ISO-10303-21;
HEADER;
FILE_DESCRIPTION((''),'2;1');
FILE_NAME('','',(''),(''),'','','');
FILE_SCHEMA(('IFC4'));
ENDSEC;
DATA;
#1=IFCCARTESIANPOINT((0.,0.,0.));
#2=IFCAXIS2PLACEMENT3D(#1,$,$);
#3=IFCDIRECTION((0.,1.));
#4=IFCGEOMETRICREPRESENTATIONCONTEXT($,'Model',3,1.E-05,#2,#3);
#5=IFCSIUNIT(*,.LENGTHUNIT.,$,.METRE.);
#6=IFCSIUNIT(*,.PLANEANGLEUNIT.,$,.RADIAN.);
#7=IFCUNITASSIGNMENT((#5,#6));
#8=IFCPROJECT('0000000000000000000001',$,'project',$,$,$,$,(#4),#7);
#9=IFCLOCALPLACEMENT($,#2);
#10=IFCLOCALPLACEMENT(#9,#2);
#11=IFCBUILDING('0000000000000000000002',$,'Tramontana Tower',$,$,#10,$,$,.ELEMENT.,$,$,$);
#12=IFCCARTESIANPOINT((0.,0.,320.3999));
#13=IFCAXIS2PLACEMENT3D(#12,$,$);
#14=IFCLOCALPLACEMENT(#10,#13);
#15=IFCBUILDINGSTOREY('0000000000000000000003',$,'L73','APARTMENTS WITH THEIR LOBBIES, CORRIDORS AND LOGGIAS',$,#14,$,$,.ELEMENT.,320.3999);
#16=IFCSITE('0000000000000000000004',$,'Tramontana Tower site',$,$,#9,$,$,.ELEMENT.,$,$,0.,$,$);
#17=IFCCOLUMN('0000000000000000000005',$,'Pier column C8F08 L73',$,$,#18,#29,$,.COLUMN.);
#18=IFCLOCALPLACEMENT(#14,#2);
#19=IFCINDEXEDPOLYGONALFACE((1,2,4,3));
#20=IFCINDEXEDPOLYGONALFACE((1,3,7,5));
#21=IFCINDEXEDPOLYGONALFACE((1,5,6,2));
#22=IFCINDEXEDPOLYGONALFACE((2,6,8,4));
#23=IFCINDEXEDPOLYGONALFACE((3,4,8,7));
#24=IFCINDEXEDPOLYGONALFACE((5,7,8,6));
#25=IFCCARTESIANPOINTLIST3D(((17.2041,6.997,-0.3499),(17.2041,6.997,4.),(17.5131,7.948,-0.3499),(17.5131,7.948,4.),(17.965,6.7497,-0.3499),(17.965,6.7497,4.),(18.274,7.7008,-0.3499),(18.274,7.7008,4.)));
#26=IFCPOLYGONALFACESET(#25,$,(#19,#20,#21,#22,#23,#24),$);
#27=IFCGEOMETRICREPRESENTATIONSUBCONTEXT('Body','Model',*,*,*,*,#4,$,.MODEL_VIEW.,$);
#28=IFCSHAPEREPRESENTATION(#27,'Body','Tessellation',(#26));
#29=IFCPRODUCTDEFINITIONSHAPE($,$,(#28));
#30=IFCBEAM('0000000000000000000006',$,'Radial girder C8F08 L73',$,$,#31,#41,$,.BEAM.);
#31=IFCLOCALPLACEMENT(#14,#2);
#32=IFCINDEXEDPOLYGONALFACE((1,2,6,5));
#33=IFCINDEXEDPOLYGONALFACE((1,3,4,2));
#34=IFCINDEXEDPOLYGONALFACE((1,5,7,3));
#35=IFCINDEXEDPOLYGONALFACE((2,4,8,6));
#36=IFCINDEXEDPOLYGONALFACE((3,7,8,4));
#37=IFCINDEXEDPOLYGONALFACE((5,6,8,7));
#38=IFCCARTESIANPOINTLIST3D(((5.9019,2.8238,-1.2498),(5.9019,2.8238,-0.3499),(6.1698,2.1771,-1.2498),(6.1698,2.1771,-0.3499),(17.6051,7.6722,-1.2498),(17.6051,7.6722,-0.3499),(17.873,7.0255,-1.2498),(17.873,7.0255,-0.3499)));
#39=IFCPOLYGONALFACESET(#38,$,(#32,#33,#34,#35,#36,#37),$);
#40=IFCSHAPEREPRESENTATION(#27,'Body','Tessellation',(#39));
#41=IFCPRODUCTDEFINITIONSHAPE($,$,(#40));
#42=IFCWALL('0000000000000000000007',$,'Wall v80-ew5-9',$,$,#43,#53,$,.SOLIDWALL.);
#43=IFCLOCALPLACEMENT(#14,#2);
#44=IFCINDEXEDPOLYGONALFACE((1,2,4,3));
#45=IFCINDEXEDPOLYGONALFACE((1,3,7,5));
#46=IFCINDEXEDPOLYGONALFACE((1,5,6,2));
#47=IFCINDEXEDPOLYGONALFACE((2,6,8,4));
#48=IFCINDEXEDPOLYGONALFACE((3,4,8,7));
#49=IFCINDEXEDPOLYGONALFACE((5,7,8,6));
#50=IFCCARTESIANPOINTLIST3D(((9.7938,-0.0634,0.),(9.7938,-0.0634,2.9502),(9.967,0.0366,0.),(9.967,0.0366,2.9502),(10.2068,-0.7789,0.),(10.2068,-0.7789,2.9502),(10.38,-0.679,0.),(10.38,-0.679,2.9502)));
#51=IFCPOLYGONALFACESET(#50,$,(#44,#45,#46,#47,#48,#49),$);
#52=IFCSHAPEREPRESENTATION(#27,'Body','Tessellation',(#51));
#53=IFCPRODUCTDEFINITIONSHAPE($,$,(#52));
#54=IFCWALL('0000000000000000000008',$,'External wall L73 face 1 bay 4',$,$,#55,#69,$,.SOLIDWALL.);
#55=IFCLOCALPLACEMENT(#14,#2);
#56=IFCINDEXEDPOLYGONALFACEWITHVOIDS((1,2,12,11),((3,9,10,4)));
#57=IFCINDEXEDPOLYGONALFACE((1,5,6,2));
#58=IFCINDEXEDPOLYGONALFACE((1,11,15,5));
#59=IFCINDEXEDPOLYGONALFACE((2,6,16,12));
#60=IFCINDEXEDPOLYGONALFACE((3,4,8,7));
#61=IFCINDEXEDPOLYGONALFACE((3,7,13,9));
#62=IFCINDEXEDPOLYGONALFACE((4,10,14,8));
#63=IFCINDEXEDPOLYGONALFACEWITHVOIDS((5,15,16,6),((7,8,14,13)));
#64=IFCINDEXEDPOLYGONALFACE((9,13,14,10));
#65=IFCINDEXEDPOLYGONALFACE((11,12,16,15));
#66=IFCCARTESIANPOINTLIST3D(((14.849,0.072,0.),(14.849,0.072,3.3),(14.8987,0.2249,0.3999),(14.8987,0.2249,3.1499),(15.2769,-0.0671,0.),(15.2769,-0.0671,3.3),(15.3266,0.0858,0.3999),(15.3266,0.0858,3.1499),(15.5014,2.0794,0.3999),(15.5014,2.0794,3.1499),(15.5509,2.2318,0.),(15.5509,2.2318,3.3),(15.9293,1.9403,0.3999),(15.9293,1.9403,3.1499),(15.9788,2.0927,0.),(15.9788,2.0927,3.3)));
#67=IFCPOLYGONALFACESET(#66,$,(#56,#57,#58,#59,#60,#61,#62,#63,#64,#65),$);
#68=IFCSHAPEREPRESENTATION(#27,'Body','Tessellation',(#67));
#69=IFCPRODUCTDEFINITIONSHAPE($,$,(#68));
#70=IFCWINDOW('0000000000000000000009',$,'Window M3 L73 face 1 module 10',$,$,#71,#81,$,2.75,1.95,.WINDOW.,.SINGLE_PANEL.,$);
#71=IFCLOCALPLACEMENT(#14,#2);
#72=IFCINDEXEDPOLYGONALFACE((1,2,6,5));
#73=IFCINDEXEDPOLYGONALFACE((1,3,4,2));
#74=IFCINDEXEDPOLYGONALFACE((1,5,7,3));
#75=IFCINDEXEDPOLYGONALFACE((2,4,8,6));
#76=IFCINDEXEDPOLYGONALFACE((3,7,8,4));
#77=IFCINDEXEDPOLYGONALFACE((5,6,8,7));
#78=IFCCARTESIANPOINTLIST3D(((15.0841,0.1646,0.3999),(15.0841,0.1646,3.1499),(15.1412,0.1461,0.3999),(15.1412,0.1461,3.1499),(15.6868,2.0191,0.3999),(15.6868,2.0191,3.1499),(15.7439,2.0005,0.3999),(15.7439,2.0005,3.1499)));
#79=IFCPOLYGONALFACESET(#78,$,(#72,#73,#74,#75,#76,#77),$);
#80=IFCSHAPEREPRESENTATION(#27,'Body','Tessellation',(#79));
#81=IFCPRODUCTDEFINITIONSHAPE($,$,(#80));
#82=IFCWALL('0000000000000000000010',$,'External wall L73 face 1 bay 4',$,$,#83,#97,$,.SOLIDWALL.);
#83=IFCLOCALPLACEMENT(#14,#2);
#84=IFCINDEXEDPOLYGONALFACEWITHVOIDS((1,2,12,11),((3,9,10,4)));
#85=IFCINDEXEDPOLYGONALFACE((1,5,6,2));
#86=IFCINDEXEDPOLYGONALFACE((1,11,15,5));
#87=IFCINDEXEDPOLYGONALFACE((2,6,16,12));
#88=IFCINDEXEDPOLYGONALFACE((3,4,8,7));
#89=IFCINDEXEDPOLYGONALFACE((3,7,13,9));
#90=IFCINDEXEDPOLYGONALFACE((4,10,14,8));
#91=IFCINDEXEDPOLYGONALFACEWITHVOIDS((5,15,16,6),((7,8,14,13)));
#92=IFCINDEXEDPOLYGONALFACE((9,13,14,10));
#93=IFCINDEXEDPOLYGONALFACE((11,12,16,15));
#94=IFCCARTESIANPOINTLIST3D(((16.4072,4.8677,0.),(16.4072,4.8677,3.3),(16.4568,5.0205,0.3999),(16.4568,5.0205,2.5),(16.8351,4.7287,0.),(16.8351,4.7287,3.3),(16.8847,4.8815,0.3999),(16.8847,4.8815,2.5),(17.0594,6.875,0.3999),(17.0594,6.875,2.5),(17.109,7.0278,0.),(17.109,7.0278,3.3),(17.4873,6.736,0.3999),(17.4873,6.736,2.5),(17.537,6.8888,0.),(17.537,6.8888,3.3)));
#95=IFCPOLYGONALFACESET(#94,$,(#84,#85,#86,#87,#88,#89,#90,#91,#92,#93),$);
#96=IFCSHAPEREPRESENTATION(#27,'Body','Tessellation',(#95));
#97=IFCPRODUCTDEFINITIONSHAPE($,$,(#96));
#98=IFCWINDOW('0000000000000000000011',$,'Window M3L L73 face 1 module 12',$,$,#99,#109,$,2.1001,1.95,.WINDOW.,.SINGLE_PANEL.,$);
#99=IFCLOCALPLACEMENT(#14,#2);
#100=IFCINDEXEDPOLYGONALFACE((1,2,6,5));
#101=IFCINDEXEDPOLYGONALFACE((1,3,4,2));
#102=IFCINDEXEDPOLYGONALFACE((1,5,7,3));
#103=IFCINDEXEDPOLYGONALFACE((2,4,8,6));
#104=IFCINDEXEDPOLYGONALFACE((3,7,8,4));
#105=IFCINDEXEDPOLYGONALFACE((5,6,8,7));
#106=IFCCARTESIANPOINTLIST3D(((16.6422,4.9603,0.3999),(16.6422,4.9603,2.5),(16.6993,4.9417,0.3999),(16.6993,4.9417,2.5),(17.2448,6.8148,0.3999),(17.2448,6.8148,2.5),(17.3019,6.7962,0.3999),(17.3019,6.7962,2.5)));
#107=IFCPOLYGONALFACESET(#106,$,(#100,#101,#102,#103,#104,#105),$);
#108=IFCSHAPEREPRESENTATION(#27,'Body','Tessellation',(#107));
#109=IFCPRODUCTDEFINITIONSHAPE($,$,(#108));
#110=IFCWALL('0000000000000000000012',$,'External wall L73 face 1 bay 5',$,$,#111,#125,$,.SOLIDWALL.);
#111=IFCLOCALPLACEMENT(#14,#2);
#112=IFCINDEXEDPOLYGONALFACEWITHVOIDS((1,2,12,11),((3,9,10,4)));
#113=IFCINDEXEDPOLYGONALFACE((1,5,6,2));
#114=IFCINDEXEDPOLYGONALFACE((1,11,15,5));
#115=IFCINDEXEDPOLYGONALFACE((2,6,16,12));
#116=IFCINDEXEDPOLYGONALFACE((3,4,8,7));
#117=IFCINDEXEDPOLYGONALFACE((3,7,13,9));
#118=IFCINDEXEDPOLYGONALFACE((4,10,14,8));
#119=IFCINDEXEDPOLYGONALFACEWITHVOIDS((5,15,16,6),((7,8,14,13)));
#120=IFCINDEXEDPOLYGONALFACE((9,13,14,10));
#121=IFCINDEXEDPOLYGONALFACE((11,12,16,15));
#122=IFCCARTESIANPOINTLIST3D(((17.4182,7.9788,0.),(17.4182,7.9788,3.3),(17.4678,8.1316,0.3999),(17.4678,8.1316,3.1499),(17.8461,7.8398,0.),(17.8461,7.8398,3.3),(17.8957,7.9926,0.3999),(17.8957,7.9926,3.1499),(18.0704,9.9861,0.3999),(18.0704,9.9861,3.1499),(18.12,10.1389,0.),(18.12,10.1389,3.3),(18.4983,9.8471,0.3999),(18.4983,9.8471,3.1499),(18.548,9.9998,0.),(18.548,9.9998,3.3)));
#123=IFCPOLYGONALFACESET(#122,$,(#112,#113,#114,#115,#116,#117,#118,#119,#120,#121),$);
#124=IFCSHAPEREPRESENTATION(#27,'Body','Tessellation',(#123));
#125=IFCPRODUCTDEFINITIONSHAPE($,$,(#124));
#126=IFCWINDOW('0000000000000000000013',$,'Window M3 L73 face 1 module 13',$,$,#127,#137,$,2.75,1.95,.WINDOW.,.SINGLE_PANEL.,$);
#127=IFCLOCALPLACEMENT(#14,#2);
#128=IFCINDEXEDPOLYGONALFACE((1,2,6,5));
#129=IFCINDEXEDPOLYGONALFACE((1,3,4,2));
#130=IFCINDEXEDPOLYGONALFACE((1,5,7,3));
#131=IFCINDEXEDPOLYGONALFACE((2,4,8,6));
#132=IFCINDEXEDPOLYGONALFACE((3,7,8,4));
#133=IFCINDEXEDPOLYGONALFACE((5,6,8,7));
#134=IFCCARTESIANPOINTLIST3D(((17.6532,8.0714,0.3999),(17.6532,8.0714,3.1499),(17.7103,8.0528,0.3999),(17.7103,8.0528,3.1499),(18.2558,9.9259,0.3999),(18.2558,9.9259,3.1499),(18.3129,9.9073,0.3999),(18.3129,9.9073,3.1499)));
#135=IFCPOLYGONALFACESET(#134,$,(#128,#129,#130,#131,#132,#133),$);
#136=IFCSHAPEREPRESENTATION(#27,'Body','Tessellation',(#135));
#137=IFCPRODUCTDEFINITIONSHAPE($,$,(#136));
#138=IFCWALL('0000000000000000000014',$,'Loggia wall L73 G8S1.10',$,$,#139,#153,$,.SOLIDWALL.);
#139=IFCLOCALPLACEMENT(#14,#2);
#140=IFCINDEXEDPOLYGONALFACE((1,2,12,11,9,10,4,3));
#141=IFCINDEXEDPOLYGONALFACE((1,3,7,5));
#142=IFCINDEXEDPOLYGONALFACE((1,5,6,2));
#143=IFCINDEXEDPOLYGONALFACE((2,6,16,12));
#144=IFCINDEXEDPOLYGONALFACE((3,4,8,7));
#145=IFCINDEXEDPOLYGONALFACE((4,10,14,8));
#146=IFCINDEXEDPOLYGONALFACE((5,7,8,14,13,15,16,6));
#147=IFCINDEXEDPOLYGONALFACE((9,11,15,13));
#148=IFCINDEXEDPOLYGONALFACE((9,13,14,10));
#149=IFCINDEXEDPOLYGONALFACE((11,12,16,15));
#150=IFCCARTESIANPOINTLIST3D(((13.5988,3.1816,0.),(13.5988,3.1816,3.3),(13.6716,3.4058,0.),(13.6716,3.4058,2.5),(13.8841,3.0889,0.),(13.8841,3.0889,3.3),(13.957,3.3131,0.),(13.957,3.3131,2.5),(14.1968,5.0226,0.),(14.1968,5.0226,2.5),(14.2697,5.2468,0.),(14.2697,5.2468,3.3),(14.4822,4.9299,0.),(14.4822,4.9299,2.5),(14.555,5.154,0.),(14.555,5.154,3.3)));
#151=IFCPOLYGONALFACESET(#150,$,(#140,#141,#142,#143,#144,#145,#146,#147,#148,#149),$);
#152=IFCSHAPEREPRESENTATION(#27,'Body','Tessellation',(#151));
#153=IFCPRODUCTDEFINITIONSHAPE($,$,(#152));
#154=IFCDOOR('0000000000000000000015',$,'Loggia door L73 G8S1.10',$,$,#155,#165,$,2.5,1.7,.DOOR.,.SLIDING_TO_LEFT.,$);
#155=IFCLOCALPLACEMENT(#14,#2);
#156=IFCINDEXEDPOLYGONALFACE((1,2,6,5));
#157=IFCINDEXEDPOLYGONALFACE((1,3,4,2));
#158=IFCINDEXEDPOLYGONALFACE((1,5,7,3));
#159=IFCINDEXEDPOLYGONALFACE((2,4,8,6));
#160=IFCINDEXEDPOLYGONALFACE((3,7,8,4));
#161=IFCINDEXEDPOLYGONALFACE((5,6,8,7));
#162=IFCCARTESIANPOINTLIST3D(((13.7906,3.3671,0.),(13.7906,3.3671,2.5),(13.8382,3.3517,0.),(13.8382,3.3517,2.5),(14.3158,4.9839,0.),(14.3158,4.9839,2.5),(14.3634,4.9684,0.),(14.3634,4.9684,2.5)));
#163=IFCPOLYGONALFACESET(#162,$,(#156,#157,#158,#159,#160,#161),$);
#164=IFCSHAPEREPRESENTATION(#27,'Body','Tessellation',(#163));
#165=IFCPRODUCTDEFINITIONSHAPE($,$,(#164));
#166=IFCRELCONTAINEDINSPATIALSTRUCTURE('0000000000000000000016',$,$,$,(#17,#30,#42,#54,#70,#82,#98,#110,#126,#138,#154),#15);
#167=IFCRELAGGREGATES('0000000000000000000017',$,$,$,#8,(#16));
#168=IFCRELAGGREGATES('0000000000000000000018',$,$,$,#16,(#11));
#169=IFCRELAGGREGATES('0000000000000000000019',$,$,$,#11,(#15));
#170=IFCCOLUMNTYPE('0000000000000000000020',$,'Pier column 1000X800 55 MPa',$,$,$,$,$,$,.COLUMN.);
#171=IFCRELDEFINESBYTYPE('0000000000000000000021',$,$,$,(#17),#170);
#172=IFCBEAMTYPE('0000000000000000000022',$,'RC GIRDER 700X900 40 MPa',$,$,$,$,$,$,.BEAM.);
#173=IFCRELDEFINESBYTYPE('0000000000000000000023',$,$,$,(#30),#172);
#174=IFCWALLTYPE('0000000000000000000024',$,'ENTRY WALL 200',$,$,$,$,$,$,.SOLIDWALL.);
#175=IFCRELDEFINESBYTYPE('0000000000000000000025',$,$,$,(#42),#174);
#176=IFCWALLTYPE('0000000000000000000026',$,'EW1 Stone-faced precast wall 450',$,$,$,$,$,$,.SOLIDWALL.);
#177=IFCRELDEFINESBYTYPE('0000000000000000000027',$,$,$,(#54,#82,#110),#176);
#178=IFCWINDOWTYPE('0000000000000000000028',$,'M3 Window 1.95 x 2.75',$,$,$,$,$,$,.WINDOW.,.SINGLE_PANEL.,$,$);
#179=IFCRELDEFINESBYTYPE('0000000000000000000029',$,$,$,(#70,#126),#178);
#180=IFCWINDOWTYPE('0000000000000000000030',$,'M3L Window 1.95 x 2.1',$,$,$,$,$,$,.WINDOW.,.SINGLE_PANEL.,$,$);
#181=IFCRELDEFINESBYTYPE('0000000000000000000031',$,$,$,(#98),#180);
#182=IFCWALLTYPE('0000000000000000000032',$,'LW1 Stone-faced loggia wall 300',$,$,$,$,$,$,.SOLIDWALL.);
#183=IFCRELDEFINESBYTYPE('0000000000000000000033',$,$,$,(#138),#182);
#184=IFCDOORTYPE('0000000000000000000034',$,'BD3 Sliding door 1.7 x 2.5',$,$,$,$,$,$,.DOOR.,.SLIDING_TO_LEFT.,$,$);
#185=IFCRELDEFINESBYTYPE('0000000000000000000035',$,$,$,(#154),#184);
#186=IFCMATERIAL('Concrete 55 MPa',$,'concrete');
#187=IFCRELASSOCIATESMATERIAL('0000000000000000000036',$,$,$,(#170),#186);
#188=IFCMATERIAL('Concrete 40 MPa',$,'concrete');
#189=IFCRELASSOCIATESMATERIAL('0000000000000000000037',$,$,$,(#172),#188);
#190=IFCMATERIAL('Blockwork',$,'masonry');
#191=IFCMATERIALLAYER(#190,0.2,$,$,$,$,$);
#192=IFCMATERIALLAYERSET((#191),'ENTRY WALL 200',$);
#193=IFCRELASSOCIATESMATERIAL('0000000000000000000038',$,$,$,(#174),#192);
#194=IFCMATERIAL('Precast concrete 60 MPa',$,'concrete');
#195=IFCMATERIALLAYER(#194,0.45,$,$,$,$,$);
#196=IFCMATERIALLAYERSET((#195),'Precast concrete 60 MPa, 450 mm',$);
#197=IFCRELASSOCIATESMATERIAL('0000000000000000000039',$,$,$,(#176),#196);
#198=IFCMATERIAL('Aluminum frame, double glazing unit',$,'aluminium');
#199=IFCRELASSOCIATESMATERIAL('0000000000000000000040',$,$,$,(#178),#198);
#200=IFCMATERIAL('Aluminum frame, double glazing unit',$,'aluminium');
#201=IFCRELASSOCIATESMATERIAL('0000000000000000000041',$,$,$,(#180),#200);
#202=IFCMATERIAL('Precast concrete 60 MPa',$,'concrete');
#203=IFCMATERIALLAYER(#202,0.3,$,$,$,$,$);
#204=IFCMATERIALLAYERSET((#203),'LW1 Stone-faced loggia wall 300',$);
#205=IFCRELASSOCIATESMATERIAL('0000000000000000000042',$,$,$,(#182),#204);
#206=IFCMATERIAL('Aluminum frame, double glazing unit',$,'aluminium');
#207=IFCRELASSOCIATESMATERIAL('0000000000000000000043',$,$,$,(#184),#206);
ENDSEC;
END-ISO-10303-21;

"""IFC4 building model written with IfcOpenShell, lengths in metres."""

from ifc_helpers import new_model, si_unit, direction, frame, frame_2d, origin, origin_2d, place, context, subcontext, project, spatial, rectangle, extrude, material, layer, layer_set, material_profile, profile_set, type_object, element, fill, save


model = new_model("IFC4")

# Units and contexts
model_context = context("Model", 3, precision=1e-05, world=origin(), true_north=direction((0.0, 1.0)))
body_context = subcontext(model_context, "Body", "Model", "MODEL_VIEW")
ifc_project = project(units=[si_unit("LENGTHUNIT", "METRE"), si_unit("PLANEANGLEUNIT", "RADIAN")], contexts=[model_context])

# Site, building, storey
site_placement = place(None, origin())
site = spatial("IfcSite", under=ifc_project, at=site_placement, Name="Tramontana Tower site", CompositionType="ELEMENT", RefElevation=0.0)
building_placement = place(site_placement, origin())
building = spatial("IfcBuilding", under=site, at=building_placement, Name="Tramontana Tower", CompositionType="ELEMENT")
storey_placement = place(building_placement, frame((0.0, 0.0, 320.3999)))
storey = spatial("IfcBuildingStorey", under=building, at=storey_placement, Name="L73", Description="APARTMENTS WITH THEIR LOBBIES, CORRIDORS AND LOGGIAS", CompositionType="ELEMENT", Elevation=320.3999)

# Column
ifc_material_1 = material(Name="Concrete 55 MPa", Category="concrete")
ifc_material_profile_1 = material_profile(ifc_material_1, rectangle(XDim=1.0, YDim=0.8, at=origin_2d()), Name="Pier column 1000X800 55 MPa")
ifc_profile_set_1 = profile_set([ifc_material_profile_1], Name="Concrete 55 MPa")
column_type = type_object("IfcColumnType", Name="Pier column 1000X800 55 MPa", PredefinedType="COLUMN", material=ifc_profile_set_1)
column_placement = place(storey_placement, frame((17.739, 7.3489, -0.3499), z_axis=(0.0, 0.0, 1.0), x_axis=(0.309017, 0.951057, 0.0)))
element("IfcColumn", 1, at=column_placement, inside=storey, type_object=column_type, Name="Pier column C8F08 L73", PredefinedType="COLUMN", context=body_context, shape_type="SweptSolid", body=[
    extrude(rectangle(XDim=1.0, YDim=0.8, at=origin_2d()), origin(), (0.0, 0.0, 1.0), 4.3499),
])

# Beam
ifc_material_2 = material(Name="Concrete 40 MPa", Category="concrete")
ifc_material_profile_2 = material_profile(ifc_material_2, rectangle(XDim=0.7, YDim=0.8999, at=origin_2d()), Name="RC GIRDER 700X900 40 MPa")
ifc_profile_set_2 = profile_set([ifc_material_profile_2], Name="Concrete 40 MPa")
beam_type = type_object("IfcBeamType", Name="RC GIRDER 700X900 40 MPa", PredefinedType="BEAM", material=ifc_profile_set_2)
beam_placement = place(storey_placement, frame((17.739, 7.3489, -0.7998), z_axis=(-0.923857, -0.382737, 0.0), x_axis=(0.382737, -0.923857, 0.0)))
element("IfcBeam", 2, at=beam_placement, inside=storey, type_object=beam_type, Name="Radial girder C8F08 L73", PredefinedType="BEAM", context=body_context, shape_type="SweptSolid", body=[
    extrude(rectangle(XDim=0.7, YDim=0.8999, at=origin_2d()), origin(), (0.0, 0.0, 1.0), 12.6677),
])

# Wall
ifc_material_3 = material(Name="Blockwork", Category="masonry")
ifc_layer_1 = layer(ifc_material_3, 0.2)
ifc_layer_set_1 = layer_set([ifc_layer_1], Name="ENTRY WALL 200")
wall_type_1 = type_object("IfcWallType", Name="ENTRY WALL 200", PredefinedType="SOLIDWALL", material=ifc_layer_set_1)
wall_1_placement = place(storey_placement, frame((9.8804, -0.0134, 0.0), z_axis=(0.0, 0.0, 1.0), x_axis=(0.499953, -0.866053, 0.0)))
element("IfcWall", 3, at=wall_1_placement, inside=storey, type_object=wall_type_1, Name="Wall v80-ew5-9", PredefinedType="SOLIDWALL", context=body_context, shape_type="SweptSolid", body=[
    extrude(rectangle(XDim=0.8262, YDim=0.2, at=frame_2d((0.4131, 0.0))), origin(), (0.0, 0.0, 1.0), 2.9502),
])

# Walls, openings, windows
ifc_material_4 = material(Name="Precast concrete 60 MPa", Category="concrete")
ifc_layer_2 = layer(ifc_material_4, 0.45)
ifc_layer_set_2 = layer_set([ifc_layer_2], Name="Precast concrete 60 MPa, 450 mm")
wall_type_2 = type_object("IfcWallType", Name="EW1 Stone-faced precast wall 450", PredefinedType="SOLIDWALL", material=ifc_layer_set_2)
wall_2_placement = place(storey_placement, frame((15.063, 0.0024, 0.0), z_axis=(0.0, 0.0, 1.0), x_axis=(0.309059, 0.951043, 0.0)))
wall_2 = element("IfcWall", 4, at=wall_2_placement, inside=storey, type_object=wall_type_2, Name="External wall L73 face 1 bay 4", PredefinedType="SOLIDWALL", context=body_context, shape_type="SweptSolid", body=[
    extrude(rectangle(XDim=2.271, YDim=0.45, at=frame_2d((1.1355, 0.0))), origin(), (0.0, 0.0, 1.0), 3.3),
])
opening_1_placement = place(wall_2_placement, frame((0.1606, 0.0, 0.3999)))
opening_1 = element("IfcOpeningElement", 5, at=opening_1_placement, cuts=wall_2, PredefinedType="OPENING", context=body_context, shape_type="SweptSolid", body=[
    extrude(rectangle(XDim=1.95, YDim=2.75, at=frame_2d((0.9751, 1.375))), frame((0.0, 0.2349, 0.0), z_axis=(0.0, -1.0, 0.0), x_axis=(1.0, 0.0, 0.0)), (0.0, 0.0, 1.0), 0.47),
])
ifc_material_5 = material(Name="Aluminum frame, double glazing unit", Category="aluminium")
window_type_1 = type_object("IfcWindowType", Name="M3 Window 1.95 x 2.75", PartitioningType="SINGLE_PANEL", PredefinedType="WINDOW", material=ifc_material_5)
window_1_placement = place(opening_1_placement, origin())
window_1 = element("IfcWindow", 6, at=window_1_placement, inside=storey, type_object=window_type_1, Name="Window M3 L73 face 1 module 10", OverallHeight=2.75, OverallWidth=1.95, PartitioningType="SINGLE_PANEL", PredefinedType="WINDOW", context=body_context, shape_type="SweptSolid", body=[
    extrude(rectangle(XDim=1.95, YDim=2.75, at=frame_2d((0.9751, 1.375))), frame((0.0, 0.03, 0.0), z_axis=(0.0, -1.0, 0.0), x_axis=(1.0, 0.0, 0.0)), (0.0, 0.0, 1.0), 0.0601),
])
fill(opening_1, window_1)
wall_3_placement = place(storey_placement, frame((16.6211, 4.7981, 0.0), z_axis=(0.0, 0.0, 1.0), x_axis=(0.309028, 0.951053, 0.0)))
wall_3 = element("IfcWall", 7, at=wall_3_placement, inside=storey, type_object=wall_type_2, Name="External wall L73 face 1 bay 4", PredefinedType="SOLIDWALL", context=body_context, shape_type="SweptSolid", body=[
    extrude(rectangle(XDim=2.2712, YDim=0.45, at=frame_2d((1.1357, 0.0))), origin(), (0.0, 0.0, 1.0), 3.3),
])
opening_2_placement = place(wall_3_placement, frame((0.1606, 0.0, 0.3999)))
opening_2 = element("IfcOpeningElement", 8, at=opening_2_placement, cuts=wall_3, PredefinedType="OPENING", context=body_context, shape_type="SweptSolid", body=[
    extrude(rectangle(XDim=1.95, YDim=2.1001, at=frame_2d((0.9751, 1.05))), frame((0.0, 0.2349, 0.0), z_axis=(0.0, -1.0, 0.0), x_axis=(1.0, 0.0, 0.0)), (0.0, 0.0, 1.0), 0.47),
])
ifc_material_6 = material(Name="Aluminum frame, double glazing unit", Category="aluminium")
window_type_2 = type_object("IfcWindowType", Name="M3L Window 1.95 x 2.1", PartitioningType="SINGLE_PANEL", PredefinedType="WINDOW", material=ifc_material_6)
window_2_placement = place(opening_2_placement, origin())
window_2 = element("IfcWindow", 9, at=window_2_placement, inside=storey, type_object=window_type_2, Name="Window M3L L73 face 1 module 12", OverallHeight=2.1001, OverallWidth=1.95, PartitioningType="SINGLE_PANEL", PredefinedType="WINDOW", context=body_context, shape_type="SweptSolid", body=[
    extrude(rectangle(XDim=1.95, YDim=2.1001, at=frame_2d((0.9751, 1.05))), frame((0.0, 0.03, 0.0), z_axis=(0.0, -1.0, 0.0), x_axis=(1.0, 0.0, 0.0)), (0.0, 0.0, 1.0), 0.0601),
])
fill(opening_2, window_2)
wall_4_placement = place(storey_placement, frame((17.6321, 7.9092, 0.0), z_axis=(0.0, 0.0, 1.0), x_axis=(0.309028, 0.951053, 0.0)))
wall_4 = element("IfcWall", 10, at=wall_4_placement, inside=storey, type_object=wall_type_2, Name="External wall L73 face 1 bay 5", PredefinedType="SOLIDWALL", context=body_context, shape_type="SweptSolid", body=[
    extrude(rectangle(XDim=2.2712, YDim=0.45, at=frame_2d((1.1357, 0.0))), origin(), (0.0, 0.0, 1.0), 3.3),
])
opening_3_placement = place(wall_4_placement, frame((0.1606, 0.0, 0.3999)))
opening_3 = element("IfcOpeningElement", 11, at=opening_3_placement, cuts=wall_4, PredefinedType="OPENING", context=body_context, shape_type="SweptSolid", body=[
    extrude(rectangle(XDim=1.95, YDim=2.75, at=frame_2d((0.9751, 1.375))), frame((0.0, 0.2349, 0.0), z_axis=(0.0, -1.0, 0.0), x_axis=(1.0, 0.0, 0.0)), (0.0, 0.0, 1.0), 0.47),
])
window_3_placement = place(opening_3_placement, origin())
window_3 = element("IfcWindow", 12, at=window_3_placement, inside=storey, type_object=window_type_1, Name="Window M3 L73 face 1 module 13", OverallHeight=2.75, OverallWidth=1.95, PartitioningType="SINGLE_PANEL", PredefinedType="WINDOW", context=body_context, shape_type="SweptSolid", body=[
    extrude(rectangle(XDim=1.95, YDim=2.75, at=frame_2d((0.9751, 1.375))), frame((0.0, 0.03, 0.0), z_axis=(0.0, -1.0, 0.0), x_axis=(1.0, 0.0, 0.0)), (0.0, 0.0, 1.0), 0.0601),
])
fill(opening_3, window_3)

# Wall, opening, door
ifc_material_7 = material(Name="Precast concrete 60 MPa", Category="concrete")
ifc_layer_3 = layer(ifc_material_7, 0.3)
ifc_layer_set_3 = layer_set([ifc_layer_3], Name="LW1 Stone-faced loggia wall 300")
wall_type_3 = type_object("IfcWallType", Name="LW1 Stone-faced loggia wall 300", PredefinedType="SOLIDWALL", material=ifc_layer_set_3)
wall_5_placement = place(storey_placement, frame((13.7415, 3.1353, 0.0), z_axis=(0.0, 0.0, 1.0), x_axis=(0.308967, 0.951073, 0.0)))
wall_5 = element("IfcWall", 13, at=wall_5_placement, inside=storey, type_object=wall_type_3, Name="Loggia wall L73 G8S1.10", PredefinedType="SOLIDWALL", context=body_context, shape_type="SweptSolid", body=[
    extrude(rectangle(XDim=2.1714, YDim=0.3, at=frame_2d((1.0857, 0.0))), origin(), (0.0, 0.0, 1.0), 3.3),
])
opening_4_placement = place(wall_5_placement, frame((0.2356, 0.0, 0.0)))
opening_4 = element("IfcOpeningElement", 14, at=opening_4_placement, cuts=wall_5, PredefinedType="OPENING", context=body_context, shape_type="SweptSolid", body=[
    extrude(rectangle(XDim=1.7, YDim=2.5, at=frame_2d((0.8501, 1.25))), frame((0.0, 0.1599, 0.0), z_axis=(0.0, -1.0, 0.0), x_axis=(1.0, 0.0, 0.0)), (0.0, 0.0, 1.0), 0.3201),
])
ifc_material_8 = material(Name="Aluminum frame, double glazing unit", Category="aluminium")
door_type_1 = type_object("IfcDoorType", Name="BD3 Sliding door 1.7 x 2.5", OperationType="SLIDING_TO_LEFT", PredefinedType="DOOR", material=ifc_material_8)
door_1_placement = place(opening_4_placement, origin())
door_1 = element("IfcDoor", 15, at=door_1_placement, inside=storey, type_object=door_type_1, Name="Loggia door L73 G8S1.10", OperationType="SLIDING_TO_LEFT", OverallHeight=2.5, OverallWidth=1.7, PredefinedType="DOOR", context=body_context, shape_type="SweptSolid", body=[
    extrude(rectangle(XDim=1.7, YDim=2.5, at=frame_2d((0.8501, 1.25))), frame((0.0, 0.0249, 0.0), z_axis=(0.0, -1.0, 0.0), x_axis=(1.0, 0.0, 0.0)), (0.0, 0.0, 1.0), 0.05),
])
fill(opening_4, door_1)

save(model, "model.ifc")
